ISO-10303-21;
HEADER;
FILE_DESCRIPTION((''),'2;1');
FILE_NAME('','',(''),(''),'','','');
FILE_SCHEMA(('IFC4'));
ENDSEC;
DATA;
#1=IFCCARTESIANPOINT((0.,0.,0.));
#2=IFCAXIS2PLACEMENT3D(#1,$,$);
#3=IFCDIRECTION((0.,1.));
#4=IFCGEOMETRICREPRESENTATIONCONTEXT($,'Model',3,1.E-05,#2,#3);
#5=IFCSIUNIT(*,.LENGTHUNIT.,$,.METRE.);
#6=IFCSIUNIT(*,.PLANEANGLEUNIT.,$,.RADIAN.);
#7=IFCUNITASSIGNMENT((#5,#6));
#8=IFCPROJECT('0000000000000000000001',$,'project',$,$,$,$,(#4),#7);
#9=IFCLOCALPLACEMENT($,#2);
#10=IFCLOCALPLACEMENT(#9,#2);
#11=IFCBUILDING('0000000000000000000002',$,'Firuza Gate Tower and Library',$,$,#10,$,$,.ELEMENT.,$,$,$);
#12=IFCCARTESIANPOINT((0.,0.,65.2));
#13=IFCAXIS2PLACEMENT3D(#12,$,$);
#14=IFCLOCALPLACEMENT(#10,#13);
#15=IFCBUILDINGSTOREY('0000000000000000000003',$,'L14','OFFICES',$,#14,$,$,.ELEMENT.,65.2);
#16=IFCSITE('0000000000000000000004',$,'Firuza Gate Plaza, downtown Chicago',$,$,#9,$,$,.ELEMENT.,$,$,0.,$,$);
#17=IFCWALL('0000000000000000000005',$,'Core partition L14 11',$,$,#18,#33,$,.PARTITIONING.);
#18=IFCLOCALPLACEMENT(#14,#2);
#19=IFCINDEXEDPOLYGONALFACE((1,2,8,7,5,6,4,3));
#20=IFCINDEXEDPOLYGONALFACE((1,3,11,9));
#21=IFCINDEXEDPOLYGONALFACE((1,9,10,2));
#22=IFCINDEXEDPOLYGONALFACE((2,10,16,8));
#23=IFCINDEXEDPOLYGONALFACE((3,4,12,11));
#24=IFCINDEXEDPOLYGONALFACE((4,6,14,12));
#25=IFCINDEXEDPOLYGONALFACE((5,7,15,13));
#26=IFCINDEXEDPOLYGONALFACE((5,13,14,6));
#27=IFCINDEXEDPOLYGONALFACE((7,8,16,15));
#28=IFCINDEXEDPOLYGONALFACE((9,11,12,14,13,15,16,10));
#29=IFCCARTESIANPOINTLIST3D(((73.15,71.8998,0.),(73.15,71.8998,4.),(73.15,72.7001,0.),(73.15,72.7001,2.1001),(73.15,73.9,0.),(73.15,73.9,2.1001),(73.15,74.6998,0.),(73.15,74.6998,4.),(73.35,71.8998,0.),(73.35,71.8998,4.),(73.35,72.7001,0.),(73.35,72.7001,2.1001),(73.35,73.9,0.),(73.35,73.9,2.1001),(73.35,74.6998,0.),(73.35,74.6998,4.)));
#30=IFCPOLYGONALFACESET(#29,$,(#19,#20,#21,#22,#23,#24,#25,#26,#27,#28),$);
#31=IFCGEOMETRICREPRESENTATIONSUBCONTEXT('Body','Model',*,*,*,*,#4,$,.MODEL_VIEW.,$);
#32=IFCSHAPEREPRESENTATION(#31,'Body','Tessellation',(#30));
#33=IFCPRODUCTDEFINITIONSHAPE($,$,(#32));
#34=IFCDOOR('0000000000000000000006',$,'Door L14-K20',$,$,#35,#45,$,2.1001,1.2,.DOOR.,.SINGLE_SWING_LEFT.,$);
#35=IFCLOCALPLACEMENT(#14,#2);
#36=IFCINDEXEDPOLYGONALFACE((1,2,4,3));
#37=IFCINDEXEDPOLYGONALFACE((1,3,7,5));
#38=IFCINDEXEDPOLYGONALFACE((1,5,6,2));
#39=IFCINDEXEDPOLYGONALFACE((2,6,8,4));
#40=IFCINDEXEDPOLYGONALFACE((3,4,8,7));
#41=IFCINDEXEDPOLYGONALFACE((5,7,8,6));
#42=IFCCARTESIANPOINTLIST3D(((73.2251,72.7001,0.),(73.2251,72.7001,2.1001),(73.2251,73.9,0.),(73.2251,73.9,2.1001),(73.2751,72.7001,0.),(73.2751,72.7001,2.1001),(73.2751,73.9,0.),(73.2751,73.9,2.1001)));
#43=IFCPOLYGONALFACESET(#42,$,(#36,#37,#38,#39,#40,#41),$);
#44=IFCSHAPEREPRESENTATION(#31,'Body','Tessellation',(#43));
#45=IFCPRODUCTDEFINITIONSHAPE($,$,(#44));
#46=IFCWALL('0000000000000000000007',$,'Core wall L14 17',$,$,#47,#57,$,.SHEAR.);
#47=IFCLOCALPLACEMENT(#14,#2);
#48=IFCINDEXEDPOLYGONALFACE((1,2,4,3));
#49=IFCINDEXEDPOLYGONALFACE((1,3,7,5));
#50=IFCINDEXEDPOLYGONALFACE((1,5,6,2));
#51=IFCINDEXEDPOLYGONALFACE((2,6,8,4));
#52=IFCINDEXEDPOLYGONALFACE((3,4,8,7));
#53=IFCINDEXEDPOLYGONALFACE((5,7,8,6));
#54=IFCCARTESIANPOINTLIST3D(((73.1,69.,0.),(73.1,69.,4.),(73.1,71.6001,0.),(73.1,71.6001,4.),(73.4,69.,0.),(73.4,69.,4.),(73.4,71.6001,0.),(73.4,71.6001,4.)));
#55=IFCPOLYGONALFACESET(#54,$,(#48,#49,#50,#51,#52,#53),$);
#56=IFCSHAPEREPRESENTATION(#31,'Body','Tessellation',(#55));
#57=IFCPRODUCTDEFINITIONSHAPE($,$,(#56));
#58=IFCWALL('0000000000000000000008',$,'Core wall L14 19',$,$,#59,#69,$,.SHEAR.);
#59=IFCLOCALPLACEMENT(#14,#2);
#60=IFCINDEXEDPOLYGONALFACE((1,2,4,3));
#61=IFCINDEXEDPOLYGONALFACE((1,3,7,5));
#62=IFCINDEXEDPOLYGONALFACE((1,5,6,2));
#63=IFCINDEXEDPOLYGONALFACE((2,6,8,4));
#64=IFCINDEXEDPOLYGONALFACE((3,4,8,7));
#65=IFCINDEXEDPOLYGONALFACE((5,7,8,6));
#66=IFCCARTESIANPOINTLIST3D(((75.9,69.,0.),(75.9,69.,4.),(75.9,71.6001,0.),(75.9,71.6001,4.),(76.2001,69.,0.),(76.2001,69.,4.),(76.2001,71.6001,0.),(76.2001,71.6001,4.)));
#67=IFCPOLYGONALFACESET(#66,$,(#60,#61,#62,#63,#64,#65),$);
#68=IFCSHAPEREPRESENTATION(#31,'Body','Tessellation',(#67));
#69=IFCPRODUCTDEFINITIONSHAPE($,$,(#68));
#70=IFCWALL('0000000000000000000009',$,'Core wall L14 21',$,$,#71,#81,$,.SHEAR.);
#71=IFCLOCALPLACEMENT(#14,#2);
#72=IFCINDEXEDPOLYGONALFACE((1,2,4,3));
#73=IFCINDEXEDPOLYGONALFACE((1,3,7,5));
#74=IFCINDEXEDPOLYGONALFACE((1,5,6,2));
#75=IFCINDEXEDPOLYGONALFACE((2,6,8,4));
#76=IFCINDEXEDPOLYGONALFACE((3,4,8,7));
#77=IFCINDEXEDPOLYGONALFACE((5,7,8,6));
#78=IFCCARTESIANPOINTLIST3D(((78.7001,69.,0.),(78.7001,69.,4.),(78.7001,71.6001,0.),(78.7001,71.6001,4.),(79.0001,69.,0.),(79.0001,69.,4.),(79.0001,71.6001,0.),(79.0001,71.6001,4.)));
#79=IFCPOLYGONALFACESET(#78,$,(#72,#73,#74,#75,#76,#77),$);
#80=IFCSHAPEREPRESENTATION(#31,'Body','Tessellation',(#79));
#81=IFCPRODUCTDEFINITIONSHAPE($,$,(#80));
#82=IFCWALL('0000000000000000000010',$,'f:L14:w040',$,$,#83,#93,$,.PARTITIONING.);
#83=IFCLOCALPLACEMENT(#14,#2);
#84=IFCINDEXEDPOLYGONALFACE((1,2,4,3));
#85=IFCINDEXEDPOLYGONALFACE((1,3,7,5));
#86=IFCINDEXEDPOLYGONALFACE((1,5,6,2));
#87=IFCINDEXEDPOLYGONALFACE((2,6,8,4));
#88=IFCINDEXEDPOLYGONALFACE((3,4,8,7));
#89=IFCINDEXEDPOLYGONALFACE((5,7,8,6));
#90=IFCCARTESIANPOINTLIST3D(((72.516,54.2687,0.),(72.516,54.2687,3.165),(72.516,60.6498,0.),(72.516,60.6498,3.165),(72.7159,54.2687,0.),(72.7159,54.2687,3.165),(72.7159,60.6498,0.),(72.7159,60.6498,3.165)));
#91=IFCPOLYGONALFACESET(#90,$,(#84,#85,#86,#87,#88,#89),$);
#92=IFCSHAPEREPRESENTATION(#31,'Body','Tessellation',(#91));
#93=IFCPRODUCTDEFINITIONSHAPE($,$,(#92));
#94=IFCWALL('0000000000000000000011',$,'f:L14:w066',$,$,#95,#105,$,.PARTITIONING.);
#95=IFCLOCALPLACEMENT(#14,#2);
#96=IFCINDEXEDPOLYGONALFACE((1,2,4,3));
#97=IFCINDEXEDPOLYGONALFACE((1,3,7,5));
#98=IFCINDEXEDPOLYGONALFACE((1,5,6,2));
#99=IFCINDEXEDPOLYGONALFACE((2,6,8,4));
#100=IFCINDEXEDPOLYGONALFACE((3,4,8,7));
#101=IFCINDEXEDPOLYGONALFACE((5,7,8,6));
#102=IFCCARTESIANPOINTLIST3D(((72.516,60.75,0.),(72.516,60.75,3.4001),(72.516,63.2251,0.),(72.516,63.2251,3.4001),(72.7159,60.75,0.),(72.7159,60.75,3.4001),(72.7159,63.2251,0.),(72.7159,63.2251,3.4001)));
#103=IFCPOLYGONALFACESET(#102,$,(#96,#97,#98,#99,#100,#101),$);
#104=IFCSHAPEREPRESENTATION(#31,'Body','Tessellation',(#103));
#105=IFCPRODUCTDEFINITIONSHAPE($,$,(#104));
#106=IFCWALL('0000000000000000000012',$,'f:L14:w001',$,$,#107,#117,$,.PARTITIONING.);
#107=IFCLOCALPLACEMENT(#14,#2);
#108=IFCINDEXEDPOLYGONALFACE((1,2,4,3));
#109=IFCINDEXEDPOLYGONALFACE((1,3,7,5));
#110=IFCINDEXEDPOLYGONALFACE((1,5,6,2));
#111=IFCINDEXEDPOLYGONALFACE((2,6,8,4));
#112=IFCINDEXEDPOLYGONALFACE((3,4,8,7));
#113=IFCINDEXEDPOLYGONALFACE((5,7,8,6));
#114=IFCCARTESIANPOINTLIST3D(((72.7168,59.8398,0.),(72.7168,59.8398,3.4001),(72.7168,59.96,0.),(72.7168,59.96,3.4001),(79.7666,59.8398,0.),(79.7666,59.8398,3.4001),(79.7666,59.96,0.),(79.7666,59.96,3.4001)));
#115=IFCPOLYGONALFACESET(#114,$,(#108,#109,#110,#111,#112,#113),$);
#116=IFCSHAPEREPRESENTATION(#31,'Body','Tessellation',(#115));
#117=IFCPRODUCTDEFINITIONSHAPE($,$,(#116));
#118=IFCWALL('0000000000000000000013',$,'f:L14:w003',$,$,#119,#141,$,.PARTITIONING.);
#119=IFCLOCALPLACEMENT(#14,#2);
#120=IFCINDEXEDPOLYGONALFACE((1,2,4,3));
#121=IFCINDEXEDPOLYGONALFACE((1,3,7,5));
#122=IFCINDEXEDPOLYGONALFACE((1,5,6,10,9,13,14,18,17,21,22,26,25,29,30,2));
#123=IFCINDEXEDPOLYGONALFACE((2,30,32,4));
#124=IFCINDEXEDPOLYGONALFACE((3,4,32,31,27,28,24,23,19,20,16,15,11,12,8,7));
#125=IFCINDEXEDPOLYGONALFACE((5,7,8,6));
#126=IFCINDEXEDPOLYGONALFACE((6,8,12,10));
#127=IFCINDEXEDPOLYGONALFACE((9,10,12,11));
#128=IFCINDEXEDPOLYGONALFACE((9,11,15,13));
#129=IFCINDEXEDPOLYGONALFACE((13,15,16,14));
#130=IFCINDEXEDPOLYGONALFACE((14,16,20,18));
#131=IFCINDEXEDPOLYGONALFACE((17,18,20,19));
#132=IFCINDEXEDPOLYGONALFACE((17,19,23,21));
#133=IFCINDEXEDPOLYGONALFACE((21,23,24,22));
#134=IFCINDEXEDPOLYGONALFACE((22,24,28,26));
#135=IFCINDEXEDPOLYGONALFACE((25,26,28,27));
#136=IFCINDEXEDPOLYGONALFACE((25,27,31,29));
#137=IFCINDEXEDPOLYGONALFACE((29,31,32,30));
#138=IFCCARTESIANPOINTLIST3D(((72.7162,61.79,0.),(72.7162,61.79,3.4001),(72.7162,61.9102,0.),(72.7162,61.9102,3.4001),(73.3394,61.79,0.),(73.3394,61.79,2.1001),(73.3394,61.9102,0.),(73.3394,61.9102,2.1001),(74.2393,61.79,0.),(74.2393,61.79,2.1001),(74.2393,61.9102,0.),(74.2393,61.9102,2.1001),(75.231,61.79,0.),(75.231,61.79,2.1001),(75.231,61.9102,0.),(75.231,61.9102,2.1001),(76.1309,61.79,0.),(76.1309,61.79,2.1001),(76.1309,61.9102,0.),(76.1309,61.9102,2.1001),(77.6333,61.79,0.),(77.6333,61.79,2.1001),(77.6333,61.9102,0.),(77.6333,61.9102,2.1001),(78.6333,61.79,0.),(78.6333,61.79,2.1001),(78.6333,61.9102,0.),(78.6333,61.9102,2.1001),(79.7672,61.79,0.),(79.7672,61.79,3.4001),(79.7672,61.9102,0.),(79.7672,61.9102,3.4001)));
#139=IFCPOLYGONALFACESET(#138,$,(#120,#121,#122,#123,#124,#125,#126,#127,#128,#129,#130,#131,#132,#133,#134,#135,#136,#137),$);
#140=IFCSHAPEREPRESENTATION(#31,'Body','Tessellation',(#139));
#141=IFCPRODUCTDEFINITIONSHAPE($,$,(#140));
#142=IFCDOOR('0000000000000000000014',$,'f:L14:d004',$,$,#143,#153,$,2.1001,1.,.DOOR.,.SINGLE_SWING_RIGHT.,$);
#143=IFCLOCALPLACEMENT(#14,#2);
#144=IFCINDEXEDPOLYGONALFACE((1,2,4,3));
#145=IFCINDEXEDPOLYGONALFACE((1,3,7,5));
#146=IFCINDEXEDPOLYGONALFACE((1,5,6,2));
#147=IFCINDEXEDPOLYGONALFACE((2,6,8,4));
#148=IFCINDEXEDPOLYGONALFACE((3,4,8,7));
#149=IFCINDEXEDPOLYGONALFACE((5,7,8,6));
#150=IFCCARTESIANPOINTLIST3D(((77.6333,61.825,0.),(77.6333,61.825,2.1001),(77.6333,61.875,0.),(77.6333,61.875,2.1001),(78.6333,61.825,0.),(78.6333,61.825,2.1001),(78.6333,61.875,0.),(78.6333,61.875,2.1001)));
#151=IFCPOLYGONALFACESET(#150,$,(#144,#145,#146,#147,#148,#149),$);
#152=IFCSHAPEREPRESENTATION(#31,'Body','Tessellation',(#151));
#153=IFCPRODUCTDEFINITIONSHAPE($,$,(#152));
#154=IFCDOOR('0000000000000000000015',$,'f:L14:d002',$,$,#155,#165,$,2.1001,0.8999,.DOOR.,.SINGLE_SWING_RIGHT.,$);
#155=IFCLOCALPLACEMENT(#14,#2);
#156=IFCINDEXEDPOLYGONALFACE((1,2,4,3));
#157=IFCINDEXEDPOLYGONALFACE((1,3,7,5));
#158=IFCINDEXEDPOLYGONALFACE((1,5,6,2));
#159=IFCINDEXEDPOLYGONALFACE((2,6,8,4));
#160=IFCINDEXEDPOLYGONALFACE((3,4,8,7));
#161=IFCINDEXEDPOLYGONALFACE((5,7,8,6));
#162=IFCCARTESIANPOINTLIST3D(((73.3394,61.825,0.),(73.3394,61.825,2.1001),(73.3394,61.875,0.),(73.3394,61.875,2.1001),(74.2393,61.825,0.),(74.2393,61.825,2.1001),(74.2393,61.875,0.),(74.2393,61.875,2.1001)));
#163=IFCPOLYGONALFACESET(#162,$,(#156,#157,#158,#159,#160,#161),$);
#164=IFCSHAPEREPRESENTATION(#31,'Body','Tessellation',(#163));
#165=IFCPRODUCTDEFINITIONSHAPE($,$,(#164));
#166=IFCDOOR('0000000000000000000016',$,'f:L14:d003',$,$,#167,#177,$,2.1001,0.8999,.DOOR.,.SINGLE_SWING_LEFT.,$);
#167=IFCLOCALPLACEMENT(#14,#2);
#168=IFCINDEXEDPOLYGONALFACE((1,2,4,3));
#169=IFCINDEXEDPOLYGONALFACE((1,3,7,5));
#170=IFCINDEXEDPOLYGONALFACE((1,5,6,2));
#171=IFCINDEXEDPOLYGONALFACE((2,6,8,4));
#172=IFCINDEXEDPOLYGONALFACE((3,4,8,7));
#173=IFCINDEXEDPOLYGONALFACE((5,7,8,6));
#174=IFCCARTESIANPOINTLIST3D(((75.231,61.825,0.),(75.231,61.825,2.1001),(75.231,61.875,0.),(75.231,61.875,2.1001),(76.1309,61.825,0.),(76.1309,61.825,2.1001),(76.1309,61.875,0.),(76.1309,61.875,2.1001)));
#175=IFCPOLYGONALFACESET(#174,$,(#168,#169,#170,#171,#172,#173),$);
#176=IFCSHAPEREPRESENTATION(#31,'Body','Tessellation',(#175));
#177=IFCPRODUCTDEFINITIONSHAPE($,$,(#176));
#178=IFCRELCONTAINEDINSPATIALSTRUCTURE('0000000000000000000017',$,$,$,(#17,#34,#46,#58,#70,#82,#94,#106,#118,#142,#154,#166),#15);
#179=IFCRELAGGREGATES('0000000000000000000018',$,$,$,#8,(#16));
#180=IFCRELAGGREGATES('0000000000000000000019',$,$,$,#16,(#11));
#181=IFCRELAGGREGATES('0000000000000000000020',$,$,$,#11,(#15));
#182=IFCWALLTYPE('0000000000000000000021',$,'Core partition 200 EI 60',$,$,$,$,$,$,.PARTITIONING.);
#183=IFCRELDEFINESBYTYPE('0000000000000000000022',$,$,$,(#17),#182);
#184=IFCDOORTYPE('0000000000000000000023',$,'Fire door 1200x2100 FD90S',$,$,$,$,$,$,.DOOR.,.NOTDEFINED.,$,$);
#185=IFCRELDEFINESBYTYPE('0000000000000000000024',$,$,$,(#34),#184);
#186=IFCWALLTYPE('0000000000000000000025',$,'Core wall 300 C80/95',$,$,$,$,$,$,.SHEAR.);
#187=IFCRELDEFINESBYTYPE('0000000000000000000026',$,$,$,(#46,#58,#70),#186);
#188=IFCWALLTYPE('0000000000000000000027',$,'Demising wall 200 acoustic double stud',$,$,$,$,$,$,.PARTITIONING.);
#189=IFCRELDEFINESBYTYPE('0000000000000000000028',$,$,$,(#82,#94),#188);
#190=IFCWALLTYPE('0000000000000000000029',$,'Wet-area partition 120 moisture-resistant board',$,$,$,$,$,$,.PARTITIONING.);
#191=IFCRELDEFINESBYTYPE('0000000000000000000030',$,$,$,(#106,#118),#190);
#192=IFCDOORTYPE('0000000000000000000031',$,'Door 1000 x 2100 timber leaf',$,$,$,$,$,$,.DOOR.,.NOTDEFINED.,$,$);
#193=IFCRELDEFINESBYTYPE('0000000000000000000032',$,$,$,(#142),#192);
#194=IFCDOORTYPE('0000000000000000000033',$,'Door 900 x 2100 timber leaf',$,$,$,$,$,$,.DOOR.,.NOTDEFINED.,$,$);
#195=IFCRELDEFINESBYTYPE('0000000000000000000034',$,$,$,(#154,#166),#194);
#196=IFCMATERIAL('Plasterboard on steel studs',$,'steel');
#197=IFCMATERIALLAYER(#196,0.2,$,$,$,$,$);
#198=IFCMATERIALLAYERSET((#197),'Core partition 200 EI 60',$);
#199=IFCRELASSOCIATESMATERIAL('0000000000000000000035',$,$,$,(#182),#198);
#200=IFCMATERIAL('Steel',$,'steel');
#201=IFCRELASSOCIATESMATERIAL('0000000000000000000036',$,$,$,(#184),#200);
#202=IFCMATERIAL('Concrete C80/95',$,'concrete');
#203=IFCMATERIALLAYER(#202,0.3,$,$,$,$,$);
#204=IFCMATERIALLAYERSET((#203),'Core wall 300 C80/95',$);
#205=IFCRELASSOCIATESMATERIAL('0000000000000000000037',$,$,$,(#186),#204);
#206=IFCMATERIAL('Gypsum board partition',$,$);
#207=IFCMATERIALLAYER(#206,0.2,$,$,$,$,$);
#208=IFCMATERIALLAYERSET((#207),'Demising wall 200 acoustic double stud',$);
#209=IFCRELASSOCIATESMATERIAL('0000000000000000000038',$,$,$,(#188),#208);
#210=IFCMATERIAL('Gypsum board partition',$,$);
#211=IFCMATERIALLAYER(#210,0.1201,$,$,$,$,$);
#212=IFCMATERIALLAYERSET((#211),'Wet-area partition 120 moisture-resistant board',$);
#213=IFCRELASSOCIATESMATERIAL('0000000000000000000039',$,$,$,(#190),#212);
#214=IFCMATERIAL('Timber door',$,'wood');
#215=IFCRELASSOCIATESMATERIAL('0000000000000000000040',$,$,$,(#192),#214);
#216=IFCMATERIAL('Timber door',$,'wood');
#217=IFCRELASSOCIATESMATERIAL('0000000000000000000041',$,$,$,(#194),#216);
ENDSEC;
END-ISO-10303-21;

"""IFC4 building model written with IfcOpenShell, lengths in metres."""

from ifc_helpers import new_model, si_unit, direction, frame, frame_2d, origin, place, context, subcontext, project, spatial, rectangle, extrude, material, layer, layer_set, type_object, element, fill, save


model = new_model("IFC4")

# Units and contexts
model_context = context("Model", 3, precision=1e-05, world=origin(), true_north=direction((0.0, 1.0)))
body_context = subcontext(model_context, "Body", "Model", "MODEL_VIEW")
ifc_project = project(units=[si_unit("LENGTHUNIT", "METRE"), si_unit("PLANEANGLEUNIT", "RADIAN")], contexts=[model_context])

# Site, building, storey
site_placement = place(None, origin())
site = spatial("IfcSite", under=ifc_project, at=site_placement, Name="Firuza Gate Plaza, downtown Chicago", CompositionType="ELEMENT", RefElevation=0.0)
building_placement = place(site_placement, origin())
building = spatial("IfcBuilding", under=site, at=building_placement, Name="Firuza Gate Tower and Library", CompositionType="ELEMENT")
storey_placement = place(building_placement, frame((0.0, 0.0, 65.2)))
storey = spatial("IfcBuildingStorey", under=building, at=storey_placement, Name="L14", Description="OFFICES", CompositionType="ELEMENT", Elevation=65.2)

# Wall, opening, door
ifc_material_1 = material(Name="Plasterboard on steel studs", Category="steel")
ifc_layer_1 = layer(ifc_material_1, 0.2)
ifc_layer_set_1 = layer_set([ifc_layer_1], Name="Core partition 200 EI 60")
wall_type_1 = type_object("IfcWallType", Name="Core partition 200 EI 60", PredefinedType="PARTITIONING", material=ifc_layer_set_1)
wall_1_placement = place(storey_placement, frame((73.25, 71.8999, 0.0), z_axis=(0.0, 0.0, 1.0), x_axis=(0.0, 1.0, 0.0)))
wall_1 = element("IfcWall", 1, at=wall_1_placement, inside=storey, type_object=wall_type_1, Name="Core partition L14 11", PredefinedType="PARTITIONING", context=body_context, shape_type="SweptSolid", body=[
    extrude(rectangle(XDim=2.8, YDim=0.2, at=frame_2d((1.3999, 0.0))), origin(), (0.0, 0.0, 1.0), 4.0),
])
opening_1_placement = place(wall_1_placement, frame((0.8, 0.0, 0.0)))
opening_1 = element("IfcOpeningElement", 2, at=opening_1_placement, cuts=wall_1, PredefinedType="OPENING", context=body_context, shape_type="SweptSolid", body=[
    extrude(rectangle(XDim=1.2, YDim=2.1001, at=frame_2d((0.6001, 1.05))), frame((0.0, 0.1099, 0.0), z_axis=(0.0, -1.0, 0.0), x_axis=(1.0, 0.0, 0.0)), (0.0, 0.0, 1.0), 0.22),
])
ifc_material_2 = material(Name="Steel", Category="steel")
door_type_1 = type_object("IfcDoorType", Name="Fire door 1200x2100 FD90S", OperationType="NOTDEFINED", PredefinedType="DOOR", material=ifc_material_2)
door_1_placement = place(opening_1_placement, origin())
door_1 = element("IfcDoor", 3, at=door_1_placement, inside=storey, type_object=door_type_1, Name="Door L14-K20", OperationType="SINGLE_SWING_LEFT", OverallHeight=2.1001, OverallWidth=1.2, PredefinedType="DOOR", context=body_context, shape_type="SweptSolid", body=[
    extrude(rectangle(XDim=1.2, YDim=2.1001, at=frame_2d((0.6001, 1.05))), frame((0.0, 0.0249, 0.0), z_axis=(0.0, -1.0, 0.0), x_axis=(1.0, 0.0, 0.0)), (0.0, 0.0, 1.0), 0.05),
])
fill(opening_1, door_1)

# Walls
ifc_material_3 = material(Name="Concrete C80/95", Category="concrete")
ifc_layer_2 = layer(ifc_material_3, 0.3)
ifc_layer_set_2 = layer_set([ifc_layer_2], Name="Core wall 300 C80/95")
wall_type_2 = type_object("IfcWallType", Name="Core wall 300 C80/95", PredefinedType="SHEAR", material=ifc_layer_set_2)
for number, where, z_axis, x_axis, name in (
    (4, (73.25, 69.0, 0.0), (0.0, 0.0, 1.0), (0.0, 1.0, 0.0), "Core wall L14 17"),
    (5, (76.05, 69.0, 0.0), (0.0, 0.0, 1.0), (0.0, 1.0, 0.0), "Core wall L14 19"),
    (6, (78.8501, 69.0, 0.0), (0.0, 0.0, 1.0), (0.0, 1.0, 0.0), "Core wall L14 21"),
):
    element("IfcWall", number, at=place(storey_placement, frame(where, z_axis=z_axis, x_axis=x_axis)), inside=storey, type_object=wall_type_2, Name=name, PredefinedType="SHEAR", context=body_context, shape_type="SweptSolid", body=[
        extrude(rectangle(XDim=2.6001, YDim=0.3, at=frame_2d((1.3, 0.0))), origin(), (0.0, 0.0, 1.0), 4.0),
    ])
ifc_material_4 = material(Name="Gypsum board partition")
ifc_layer_3 = layer(ifc_material_4, 0.2)
ifc_layer_set_3 = layer_set([ifc_layer_3], Name="Demising wall 200 acoustic double stud")
wall_type_3 = type_object("IfcWallType", Name="Demising wall 200 acoustic double stud", PredefinedType="PARTITIONING", material=ifc_layer_set_3)
wall_2_placement = place(storey_placement, frame((72.616, 54.2688, 0.0), z_axis=(0.0, 0.0, 1.0), x_axis=(0.0, 1.0, 0.0)))
element("IfcWall", 7, at=wall_2_placement, inside=storey, type_object=wall_type_3, Name="f:L14:w040", PredefinedType="PARTITIONING", context=body_context, shape_type="SweptSolid", body=[
    extrude(rectangle(XDim=6.3811, YDim=0.2, at=frame_2d((3.1904, 0.0))), origin(), (0.0, 0.0, 1.0), 3.165),
])
wall_3_placement = place(storey_placement, frame((72.616, 60.75, 0.0), z_axis=(0.0, 0.0, 1.0), x_axis=(0.0, 1.0, 0.0)))
element("IfcWall", 8, at=wall_3_placement, inside=storey, type_object=wall_type_3, Name="f:L14:w066", PredefinedType="PARTITIONING", context=body_context, shape_type="SweptSolid", body=[
    extrude(rectangle(XDim=2.4751, YDim=0.2, at=frame_2d((1.2375, 0.0))), origin(), (0.0, 0.0, 1.0), 3.4001),
])
ifc_material_5 = material(Name="Gypsum board partition")
ifc_layer_4 = layer(ifc_material_5, 0.1201)
ifc_layer_set_4 = layer_set([ifc_layer_4], Name="Wet-area partition 120 moisture-resistant board")
wall_type_4 = type_object("IfcWallType", Name="Wet-area partition 120 moisture-resistant board", PredefinedType="PARTITIONING", material=ifc_layer_set_4)
wall_4_placement = place(storey_placement, frame((72.7168, 59.8999, 0.0), z_axis=(0.0, 0.0, 1.0), x_axis=(1.0, 0.0, 0.0)))
element("IfcWall", 9, at=wall_4_placement, inside=storey, type_object=wall_type_4, Name="f:L14:w001", PredefinedType="PARTITIONING", context=body_context, shape_type="SweptSolid", body=[
    extrude(rectangle(XDim=7.0498, YDim=0.1201, at=frame_2d((3.5249, 0.0))), origin(), (0.0, 0.0, 1.0), 3.4001),
])

# Wall, openings, doors
wall_5_placement = place(storey_placement, frame((72.7163, 61.8501, 0.0), z_axis=(0.0, 0.0, 1.0), x_axis=(1.0, 0.0, 0.0)))
wall_5 = element("IfcWall", 10, at=wall_5_placement, inside=storey, type_object=wall_type_4, Name="f:L14:w003", PredefinedType="PARTITIONING", context=body_context, shape_type="SweptSolid", body=[
    extrude(rectangle(XDim=7.051, YDim=0.1201, at=frame_2d((3.5254, 0.0))), origin(), (0.0, 0.0, 1.0), 3.4001),
])
opening_2_placement = place(wall_5_placement, frame((0.623, 0.0, 0.0)))
opening_2 = element("IfcOpeningElement", 11, at=opening_2_placement, cuts=wall_5, PredefinedType="OPENING", context=body_context, shape_type="SweptSolid", body=[
    extrude(rectangle(XDim=0.8999, YDim=2.1001, at=frame_2d((0.45, 1.05))), frame((0.0, 0.0701, 0.0), z_axis=(0.0, -1.0, 0.0), x_axis=(1.0, 0.0, 0.0)), (0.0, 0.0, 1.0), 0.1401),
])
opening_3_placement = place(wall_5_placement, frame((2.5146, 0.0, 0.0)))
opening_3 = element("IfcOpeningElement", 12, at=opening_3_placement, cuts=wall_5, PredefinedType="OPENING", context=body_context, shape_type="SweptSolid", body=[
    extrude(rectangle(XDim=0.8999, YDim=2.1001, at=frame_2d((0.45, 1.05))), frame((0.0, 0.0701, 0.0), z_axis=(0.0, -1.0, 0.0), x_axis=(1.0, 0.0, 0.0)), (0.0, 0.0, 1.0), 0.1401),
])
opening_4_placement = place(wall_5_placement, frame((4.917, 0.0, 0.0)))
opening_4 = element("IfcOpeningElement", 13, at=opening_4_placement, cuts=wall_5, PredefinedType="OPENING", context=body_context, shape_type="SweptSolid", body=[
    extrude(rectangle(XDim=1.0, YDim=2.1001, at=frame_2d((0.5, 1.05))), frame((0.0, 0.0701, 0.0), z_axis=(0.0, -1.0, 0.0), x_axis=(1.0, 0.0, 0.0)), (0.0, 0.0, 1.0), 0.1401),
])
ifc_material_6 = material(Name="Timber door", Category="wood")
door_type_2 = type_object("IfcDoorType", Name="Door 1000 x 2100 timber leaf", OperationType="NOTDEFINED", PredefinedType="DOOR", material=ifc_material_6)
door_2_placement = place(opening_4_placement, origin())
door_2 = element("IfcDoor", 14, at=door_2_placement, inside=storey, type_object=door_type_2, Name="f:L14:d004", OperationType="SINGLE_SWING_RIGHT", OverallHeight=2.1001, OverallWidth=1.0, PredefinedType="DOOR", context=body_context, shape_type="SweptSolid", body=[
    extrude(rectangle(XDim=1.0, YDim=2.1001, at=frame_2d((0.5, 1.05))), frame((0.0, 0.0249, 0.0), z_axis=(0.0, -1.0, 0.0), x_axis=(1.0, 0.0, 0.0)), (0.0, 0.0, 1.0), 0.05),
])
fill(opening_4, door_2)
ifc_material_7 = material(Name="Timber door", Category="wood")
door_type_3 = type_object("IfcDoorType", Name="Door 900 x 2100 timber leaf", OperationType="NOTDEFINED", PredefinedType="DOOR", material=ifc_material_7)
door_3_placement = place(opening_2_placement, origin())
door_3 = element("IfcDoor", 15, at=door_3_placement, inside=storey, type_object=door_type_3, Name="f:L14:d002", OperationType="SINGLE_SWING_RIGHT", OverallHeight=2.1001, OverallWidth=0.8999, PredefinedType="DOOR", context=body_context, shape_type="SweptSolid", body=[
    extrude(rectangle(XDim=0.8999, YDim=2.1001, at=frame_2d((0.45, 1.05))), frame((0.0, 0.0249, 0.0), z_axis=(0.0, -1.0, 0.0), x_axis=(1.0, 0.0, 0.0)), (0.0, 0.0, 1.0), 0.05),
])
fill(opening_2, door_3)
door_4_placement = place(opening_3_placement, origin())
door_4 = element("IfcDoor", 16, at=door_4_placement, inside=storey, type_object=door_type_3, Name="f:L14:d003", OperationType="SINGLE_SWING_LEFT", OverallHeight=2.1001, OverallWidth=0.8999, PredefinedType="DOOR", context=body_context, shape_type="SweptSolid", body=[
    extrude(rectangle(XDim=0.8999, YDim=2.1001, at=frame_2d((0.45, 1.05))), frame((0.0, 0.0249, 0.0), z_axis=(0.0, -1.0, 0.0), x_axis=(1.0, 0.0, 0.0)), (0.0, 0.0, 1.0), 0.05),
])
fill(opening_3, door_4)

save(model, "model.ifc")
